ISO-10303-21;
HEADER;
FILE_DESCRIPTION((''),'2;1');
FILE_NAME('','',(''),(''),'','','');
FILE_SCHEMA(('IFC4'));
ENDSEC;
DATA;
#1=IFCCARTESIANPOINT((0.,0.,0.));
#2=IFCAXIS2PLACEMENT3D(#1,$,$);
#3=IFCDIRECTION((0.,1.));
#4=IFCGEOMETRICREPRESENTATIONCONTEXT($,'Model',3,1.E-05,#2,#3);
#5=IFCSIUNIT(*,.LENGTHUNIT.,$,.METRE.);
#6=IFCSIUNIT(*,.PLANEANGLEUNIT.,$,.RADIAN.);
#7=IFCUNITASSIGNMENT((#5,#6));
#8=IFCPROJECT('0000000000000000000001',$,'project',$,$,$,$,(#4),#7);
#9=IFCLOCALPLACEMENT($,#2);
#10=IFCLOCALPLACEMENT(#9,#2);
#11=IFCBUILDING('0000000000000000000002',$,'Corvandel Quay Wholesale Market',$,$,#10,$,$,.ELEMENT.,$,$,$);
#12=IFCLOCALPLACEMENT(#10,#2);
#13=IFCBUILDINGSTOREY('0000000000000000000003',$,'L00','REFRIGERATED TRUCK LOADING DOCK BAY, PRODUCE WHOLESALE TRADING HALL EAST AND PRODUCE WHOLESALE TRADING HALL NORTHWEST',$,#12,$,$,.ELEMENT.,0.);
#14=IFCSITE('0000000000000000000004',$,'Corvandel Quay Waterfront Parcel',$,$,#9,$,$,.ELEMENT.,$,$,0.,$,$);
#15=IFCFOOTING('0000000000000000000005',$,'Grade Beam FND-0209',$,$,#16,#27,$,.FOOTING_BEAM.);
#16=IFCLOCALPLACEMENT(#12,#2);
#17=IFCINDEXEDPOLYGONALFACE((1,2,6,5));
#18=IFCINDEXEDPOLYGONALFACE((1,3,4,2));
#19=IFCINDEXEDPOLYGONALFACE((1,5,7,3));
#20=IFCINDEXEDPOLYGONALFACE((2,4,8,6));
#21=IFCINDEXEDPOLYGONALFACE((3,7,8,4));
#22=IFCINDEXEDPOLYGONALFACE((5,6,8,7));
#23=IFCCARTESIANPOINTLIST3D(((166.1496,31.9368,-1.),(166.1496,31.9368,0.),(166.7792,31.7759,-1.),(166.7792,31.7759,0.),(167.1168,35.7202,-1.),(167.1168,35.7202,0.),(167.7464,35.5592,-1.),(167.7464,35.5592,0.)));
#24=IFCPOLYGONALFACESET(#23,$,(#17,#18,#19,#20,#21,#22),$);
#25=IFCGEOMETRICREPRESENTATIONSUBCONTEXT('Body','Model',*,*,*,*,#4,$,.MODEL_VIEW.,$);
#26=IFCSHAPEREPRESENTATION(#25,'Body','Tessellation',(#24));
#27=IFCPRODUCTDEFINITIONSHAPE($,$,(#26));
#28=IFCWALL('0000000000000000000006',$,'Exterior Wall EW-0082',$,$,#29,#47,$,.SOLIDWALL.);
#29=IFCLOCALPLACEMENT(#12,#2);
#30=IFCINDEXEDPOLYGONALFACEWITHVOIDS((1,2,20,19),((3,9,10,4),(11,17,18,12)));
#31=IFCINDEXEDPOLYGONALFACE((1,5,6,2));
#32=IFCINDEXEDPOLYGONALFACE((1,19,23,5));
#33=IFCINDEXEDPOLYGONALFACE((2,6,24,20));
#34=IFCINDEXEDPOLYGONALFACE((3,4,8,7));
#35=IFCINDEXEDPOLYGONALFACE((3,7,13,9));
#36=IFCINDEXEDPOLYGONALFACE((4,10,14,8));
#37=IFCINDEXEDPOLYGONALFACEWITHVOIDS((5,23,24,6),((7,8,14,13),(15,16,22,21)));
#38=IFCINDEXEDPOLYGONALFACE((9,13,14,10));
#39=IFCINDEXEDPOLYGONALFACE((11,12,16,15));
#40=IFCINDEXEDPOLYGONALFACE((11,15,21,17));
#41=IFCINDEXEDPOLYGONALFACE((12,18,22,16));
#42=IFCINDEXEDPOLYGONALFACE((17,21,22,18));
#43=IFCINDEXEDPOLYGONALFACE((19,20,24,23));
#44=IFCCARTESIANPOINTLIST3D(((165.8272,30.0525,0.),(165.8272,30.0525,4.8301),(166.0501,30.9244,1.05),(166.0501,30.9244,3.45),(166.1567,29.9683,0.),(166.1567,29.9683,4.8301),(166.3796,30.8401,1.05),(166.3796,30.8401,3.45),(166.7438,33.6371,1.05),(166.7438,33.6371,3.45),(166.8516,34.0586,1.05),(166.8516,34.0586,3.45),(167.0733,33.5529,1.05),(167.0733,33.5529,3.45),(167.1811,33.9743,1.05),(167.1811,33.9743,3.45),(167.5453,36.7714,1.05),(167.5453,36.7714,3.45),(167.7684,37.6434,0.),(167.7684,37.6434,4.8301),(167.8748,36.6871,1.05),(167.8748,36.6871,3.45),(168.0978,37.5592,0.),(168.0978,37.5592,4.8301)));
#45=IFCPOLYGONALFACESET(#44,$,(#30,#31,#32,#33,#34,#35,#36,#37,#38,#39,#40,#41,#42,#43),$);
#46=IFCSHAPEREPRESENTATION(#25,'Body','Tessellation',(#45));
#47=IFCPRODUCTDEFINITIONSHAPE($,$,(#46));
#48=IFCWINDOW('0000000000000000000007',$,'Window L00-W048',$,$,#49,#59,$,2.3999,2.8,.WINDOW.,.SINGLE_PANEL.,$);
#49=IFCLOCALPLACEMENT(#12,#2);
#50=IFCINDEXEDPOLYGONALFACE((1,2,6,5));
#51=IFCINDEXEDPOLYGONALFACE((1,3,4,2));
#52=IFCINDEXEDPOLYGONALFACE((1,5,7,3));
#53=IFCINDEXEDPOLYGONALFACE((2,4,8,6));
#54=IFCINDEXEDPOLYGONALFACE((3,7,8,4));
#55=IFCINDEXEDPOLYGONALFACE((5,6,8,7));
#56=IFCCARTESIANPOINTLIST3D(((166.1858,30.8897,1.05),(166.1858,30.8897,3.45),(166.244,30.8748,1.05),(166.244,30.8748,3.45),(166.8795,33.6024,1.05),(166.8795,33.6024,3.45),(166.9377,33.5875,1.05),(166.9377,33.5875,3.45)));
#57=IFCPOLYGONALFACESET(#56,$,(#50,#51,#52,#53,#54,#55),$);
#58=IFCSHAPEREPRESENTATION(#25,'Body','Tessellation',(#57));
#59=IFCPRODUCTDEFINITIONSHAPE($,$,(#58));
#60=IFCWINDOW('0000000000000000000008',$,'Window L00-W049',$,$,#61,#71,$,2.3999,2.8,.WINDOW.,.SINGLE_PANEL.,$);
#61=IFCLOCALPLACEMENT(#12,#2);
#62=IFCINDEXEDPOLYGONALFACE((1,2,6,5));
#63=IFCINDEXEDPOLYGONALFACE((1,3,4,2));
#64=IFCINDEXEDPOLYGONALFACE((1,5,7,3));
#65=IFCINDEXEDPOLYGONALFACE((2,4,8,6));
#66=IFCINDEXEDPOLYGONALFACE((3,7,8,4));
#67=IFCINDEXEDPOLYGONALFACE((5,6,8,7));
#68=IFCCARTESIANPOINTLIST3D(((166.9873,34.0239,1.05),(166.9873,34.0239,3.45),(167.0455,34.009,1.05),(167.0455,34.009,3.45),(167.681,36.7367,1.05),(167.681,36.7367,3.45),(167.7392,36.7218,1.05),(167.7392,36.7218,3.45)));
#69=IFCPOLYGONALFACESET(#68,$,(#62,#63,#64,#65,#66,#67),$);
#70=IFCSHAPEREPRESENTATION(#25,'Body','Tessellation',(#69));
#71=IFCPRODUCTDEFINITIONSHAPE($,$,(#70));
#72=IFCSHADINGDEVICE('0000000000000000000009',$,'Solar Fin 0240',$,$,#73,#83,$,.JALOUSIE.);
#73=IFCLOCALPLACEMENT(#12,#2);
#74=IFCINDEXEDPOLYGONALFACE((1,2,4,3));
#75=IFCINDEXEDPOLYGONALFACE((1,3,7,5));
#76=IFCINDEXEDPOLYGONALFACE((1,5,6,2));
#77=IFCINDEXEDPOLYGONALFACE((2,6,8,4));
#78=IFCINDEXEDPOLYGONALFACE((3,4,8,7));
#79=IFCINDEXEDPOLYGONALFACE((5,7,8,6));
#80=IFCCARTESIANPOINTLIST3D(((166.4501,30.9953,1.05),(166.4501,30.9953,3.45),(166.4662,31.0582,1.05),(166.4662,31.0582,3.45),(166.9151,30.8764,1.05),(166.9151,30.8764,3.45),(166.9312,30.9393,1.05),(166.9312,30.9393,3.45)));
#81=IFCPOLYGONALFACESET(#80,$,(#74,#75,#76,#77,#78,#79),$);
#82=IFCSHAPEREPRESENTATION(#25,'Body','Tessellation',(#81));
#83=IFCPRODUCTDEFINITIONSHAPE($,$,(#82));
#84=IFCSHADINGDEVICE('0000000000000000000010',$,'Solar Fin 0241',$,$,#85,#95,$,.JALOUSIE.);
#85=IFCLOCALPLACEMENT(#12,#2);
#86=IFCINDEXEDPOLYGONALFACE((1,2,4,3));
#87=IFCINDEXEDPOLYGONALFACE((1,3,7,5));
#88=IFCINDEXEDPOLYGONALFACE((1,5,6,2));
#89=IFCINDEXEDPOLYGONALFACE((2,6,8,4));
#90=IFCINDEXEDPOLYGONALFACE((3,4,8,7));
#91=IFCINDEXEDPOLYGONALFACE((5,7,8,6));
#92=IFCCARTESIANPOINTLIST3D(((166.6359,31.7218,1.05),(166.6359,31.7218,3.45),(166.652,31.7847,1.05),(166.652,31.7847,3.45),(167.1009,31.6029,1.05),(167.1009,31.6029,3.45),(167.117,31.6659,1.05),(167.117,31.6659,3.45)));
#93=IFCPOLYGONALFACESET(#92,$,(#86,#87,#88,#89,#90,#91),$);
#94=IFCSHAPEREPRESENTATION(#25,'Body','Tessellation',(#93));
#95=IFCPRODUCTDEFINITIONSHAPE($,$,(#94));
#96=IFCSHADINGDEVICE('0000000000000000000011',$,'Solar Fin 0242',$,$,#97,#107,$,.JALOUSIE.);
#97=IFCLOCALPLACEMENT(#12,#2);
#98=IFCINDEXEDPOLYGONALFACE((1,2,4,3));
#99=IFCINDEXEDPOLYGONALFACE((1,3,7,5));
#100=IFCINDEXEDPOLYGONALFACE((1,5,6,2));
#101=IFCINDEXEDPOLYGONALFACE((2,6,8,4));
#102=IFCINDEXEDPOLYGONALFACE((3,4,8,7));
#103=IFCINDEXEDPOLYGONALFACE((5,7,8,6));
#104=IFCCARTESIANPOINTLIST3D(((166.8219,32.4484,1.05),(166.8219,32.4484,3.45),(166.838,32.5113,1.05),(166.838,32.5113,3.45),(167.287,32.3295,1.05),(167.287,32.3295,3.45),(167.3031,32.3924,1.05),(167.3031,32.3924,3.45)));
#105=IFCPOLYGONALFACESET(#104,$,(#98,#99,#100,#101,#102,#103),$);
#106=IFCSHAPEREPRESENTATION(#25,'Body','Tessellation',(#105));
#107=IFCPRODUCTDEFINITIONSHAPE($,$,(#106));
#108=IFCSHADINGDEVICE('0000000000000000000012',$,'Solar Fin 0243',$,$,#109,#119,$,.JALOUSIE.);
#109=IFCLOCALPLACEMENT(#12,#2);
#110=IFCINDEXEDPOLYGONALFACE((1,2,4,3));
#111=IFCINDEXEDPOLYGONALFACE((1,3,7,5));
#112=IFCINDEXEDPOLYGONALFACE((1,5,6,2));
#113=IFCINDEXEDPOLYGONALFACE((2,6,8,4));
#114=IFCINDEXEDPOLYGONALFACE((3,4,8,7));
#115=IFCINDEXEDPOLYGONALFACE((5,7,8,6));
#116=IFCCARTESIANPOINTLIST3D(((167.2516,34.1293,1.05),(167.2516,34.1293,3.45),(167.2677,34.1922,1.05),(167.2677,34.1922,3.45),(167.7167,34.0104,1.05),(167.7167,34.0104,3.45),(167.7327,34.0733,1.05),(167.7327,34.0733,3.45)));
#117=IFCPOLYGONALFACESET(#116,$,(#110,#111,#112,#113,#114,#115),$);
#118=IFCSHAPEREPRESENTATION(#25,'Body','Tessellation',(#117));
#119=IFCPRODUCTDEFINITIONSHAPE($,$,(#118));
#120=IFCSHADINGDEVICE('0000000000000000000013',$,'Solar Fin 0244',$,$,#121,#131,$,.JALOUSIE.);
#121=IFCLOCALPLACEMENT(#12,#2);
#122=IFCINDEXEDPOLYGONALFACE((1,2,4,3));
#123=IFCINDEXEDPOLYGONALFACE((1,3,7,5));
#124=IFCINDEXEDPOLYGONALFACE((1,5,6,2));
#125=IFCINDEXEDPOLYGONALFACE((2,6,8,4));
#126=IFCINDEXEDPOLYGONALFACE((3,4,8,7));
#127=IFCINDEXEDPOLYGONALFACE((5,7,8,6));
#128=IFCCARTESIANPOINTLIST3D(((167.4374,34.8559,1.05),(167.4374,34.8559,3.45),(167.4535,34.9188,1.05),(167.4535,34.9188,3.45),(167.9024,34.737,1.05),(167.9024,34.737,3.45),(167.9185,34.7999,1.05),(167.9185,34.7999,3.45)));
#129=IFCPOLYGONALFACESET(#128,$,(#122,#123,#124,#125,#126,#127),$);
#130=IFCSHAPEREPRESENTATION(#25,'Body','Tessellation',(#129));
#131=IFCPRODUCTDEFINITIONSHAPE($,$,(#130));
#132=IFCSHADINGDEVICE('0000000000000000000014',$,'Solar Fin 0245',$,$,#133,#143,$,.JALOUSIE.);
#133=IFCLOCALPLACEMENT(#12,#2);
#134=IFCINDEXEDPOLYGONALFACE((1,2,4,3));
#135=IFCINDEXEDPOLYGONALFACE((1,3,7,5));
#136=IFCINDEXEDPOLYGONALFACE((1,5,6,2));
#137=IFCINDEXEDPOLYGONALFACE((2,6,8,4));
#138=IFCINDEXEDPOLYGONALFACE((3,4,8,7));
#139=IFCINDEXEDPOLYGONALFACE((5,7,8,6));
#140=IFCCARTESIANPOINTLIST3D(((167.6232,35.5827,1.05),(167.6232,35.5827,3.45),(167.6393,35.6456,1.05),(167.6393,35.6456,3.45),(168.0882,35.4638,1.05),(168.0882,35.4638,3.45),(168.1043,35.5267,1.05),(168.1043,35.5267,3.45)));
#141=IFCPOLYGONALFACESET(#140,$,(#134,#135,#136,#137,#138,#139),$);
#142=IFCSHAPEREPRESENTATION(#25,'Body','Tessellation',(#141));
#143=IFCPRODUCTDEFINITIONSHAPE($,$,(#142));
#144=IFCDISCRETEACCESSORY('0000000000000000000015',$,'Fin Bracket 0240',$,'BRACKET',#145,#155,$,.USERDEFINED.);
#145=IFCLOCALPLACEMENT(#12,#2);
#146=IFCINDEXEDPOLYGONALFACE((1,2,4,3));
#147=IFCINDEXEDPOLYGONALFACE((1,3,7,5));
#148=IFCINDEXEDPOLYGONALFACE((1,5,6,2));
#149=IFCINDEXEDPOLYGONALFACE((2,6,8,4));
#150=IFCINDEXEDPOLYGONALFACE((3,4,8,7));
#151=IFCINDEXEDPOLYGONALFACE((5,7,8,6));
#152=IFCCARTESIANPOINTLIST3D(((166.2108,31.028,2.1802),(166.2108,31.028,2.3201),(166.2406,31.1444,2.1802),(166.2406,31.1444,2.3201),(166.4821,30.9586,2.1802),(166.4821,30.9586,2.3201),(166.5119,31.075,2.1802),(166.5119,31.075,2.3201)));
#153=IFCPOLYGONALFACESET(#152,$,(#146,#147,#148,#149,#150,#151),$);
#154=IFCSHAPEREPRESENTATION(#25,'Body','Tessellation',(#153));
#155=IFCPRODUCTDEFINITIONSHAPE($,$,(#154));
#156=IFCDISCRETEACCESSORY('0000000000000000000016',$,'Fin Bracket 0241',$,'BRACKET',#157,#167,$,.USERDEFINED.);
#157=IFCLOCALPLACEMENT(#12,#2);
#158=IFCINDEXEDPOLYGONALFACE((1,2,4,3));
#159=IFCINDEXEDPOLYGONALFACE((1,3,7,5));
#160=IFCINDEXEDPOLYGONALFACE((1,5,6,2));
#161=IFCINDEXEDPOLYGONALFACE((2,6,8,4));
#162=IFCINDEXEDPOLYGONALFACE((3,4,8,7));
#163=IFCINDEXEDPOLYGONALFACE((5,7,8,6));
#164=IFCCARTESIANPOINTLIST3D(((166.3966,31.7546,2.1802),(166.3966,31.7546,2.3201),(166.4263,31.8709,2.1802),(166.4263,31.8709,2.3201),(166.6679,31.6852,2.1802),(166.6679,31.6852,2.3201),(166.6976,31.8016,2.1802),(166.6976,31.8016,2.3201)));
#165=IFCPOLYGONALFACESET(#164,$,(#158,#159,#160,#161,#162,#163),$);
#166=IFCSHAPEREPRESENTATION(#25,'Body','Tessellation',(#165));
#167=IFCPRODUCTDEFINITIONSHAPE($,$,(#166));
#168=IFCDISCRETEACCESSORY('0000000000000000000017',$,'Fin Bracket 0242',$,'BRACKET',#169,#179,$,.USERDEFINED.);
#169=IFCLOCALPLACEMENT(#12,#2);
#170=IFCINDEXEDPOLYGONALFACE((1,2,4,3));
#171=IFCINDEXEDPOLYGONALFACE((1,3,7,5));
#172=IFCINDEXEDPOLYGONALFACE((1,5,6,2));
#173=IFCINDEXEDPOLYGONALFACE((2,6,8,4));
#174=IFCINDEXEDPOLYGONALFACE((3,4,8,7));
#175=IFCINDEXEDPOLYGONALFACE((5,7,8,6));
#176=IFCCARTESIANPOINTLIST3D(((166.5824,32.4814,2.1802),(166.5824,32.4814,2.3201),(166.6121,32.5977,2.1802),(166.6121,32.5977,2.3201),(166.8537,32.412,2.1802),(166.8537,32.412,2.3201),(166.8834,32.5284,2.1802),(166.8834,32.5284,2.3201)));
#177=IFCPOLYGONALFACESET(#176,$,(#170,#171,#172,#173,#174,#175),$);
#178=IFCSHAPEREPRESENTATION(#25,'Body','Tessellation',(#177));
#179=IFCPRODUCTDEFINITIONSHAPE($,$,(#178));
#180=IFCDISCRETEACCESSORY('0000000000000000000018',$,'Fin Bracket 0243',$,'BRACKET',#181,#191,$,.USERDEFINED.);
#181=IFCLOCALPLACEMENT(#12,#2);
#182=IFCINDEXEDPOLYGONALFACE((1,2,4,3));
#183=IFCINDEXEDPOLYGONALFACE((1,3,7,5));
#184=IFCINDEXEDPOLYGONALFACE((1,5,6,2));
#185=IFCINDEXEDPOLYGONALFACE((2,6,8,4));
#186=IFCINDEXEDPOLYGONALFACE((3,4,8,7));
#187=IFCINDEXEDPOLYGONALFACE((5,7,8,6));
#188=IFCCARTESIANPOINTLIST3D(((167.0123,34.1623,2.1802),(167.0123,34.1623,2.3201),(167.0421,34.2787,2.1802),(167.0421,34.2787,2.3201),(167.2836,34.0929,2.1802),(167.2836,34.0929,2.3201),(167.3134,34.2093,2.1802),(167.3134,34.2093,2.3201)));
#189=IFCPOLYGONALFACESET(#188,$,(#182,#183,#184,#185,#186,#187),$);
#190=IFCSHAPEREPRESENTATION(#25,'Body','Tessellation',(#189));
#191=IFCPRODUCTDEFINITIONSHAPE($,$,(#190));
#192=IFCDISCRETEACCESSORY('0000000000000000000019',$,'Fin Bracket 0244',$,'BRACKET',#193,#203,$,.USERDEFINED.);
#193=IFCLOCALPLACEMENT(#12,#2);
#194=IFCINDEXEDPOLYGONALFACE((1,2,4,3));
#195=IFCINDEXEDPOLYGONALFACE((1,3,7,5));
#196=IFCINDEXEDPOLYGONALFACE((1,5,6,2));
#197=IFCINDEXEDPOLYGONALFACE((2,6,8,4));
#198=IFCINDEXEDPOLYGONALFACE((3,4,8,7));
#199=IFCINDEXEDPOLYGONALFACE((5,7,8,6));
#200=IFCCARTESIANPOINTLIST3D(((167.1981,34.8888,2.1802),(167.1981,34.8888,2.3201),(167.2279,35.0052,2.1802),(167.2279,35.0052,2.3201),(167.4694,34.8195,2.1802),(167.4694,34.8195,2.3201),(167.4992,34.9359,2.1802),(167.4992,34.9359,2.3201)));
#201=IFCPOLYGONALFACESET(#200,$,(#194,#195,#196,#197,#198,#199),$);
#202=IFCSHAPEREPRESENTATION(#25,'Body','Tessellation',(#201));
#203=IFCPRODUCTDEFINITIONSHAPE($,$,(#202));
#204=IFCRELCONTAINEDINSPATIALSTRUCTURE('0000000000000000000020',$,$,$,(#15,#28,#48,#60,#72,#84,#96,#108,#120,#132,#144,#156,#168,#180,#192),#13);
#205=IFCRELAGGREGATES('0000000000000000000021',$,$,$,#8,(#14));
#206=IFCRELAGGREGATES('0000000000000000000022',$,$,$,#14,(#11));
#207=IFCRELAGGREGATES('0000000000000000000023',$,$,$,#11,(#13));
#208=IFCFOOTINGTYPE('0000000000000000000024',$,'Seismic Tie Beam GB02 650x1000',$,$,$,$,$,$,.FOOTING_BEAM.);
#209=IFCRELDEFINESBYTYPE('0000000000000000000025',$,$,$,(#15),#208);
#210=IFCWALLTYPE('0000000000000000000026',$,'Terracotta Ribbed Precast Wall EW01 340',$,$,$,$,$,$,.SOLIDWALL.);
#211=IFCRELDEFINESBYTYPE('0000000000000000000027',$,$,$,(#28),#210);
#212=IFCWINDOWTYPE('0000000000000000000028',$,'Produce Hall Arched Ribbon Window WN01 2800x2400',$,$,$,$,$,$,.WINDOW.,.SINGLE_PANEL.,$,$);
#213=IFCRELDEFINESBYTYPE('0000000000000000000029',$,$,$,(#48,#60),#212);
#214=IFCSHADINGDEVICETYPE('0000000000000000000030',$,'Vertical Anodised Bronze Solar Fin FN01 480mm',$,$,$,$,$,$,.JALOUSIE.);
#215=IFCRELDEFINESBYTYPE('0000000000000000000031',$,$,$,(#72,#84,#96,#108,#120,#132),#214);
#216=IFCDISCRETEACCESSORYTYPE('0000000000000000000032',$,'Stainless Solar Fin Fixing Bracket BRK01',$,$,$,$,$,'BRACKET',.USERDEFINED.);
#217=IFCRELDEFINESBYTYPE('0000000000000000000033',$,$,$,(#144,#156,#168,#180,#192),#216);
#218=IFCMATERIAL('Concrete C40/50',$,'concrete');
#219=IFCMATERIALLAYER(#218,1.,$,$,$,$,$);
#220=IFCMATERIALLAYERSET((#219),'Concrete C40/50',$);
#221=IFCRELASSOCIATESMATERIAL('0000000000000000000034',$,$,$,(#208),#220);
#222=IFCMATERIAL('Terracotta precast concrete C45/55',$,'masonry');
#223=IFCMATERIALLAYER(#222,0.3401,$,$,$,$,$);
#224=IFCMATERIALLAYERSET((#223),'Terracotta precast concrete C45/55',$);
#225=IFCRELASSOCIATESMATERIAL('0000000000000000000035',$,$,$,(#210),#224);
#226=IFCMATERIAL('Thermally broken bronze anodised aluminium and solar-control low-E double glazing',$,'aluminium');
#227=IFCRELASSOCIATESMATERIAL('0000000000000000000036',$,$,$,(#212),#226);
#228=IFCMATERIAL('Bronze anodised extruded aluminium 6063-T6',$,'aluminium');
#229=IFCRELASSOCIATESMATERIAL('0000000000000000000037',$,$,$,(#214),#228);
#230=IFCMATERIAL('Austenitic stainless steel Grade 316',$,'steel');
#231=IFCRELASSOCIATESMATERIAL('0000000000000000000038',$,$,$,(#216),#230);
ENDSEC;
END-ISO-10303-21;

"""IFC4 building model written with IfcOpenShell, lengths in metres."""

from ifc_helpers import new_model, si_unit, direction, frame, frame_2d, origin, origin_2d, place, context, subcontext, project, spatial, rectangle, extrude, material, layer, layer_set, type_object, element, fill, save


model = new_model("IFC4")

# Units and contexts
model_context = context("Model", 3, precision=1e-05, world=origin(), true_north=direction((0.0, 1.0)))
body_context = subcontext(model_context, "Body", "Model", "MODEL_VIEW")
ifc_project = project(units=[si_unit("LENGTHUNIT", "METRE"), si_unit("PLANEANGLEUNIT", "RADIAN")], contexts=[model_context])

# Site, building, storey
site_placement = place(None, origin())
site = spatial("IfcSite", under=ifc_project, at=site_placement, Name="Corvandel Quay Waterfront Parcel", CompositionType="ELEMENT", RefElevation=0.0)
building_placement = place(site_placement, origin())
building = spatial("IfcBuilding", under=site, at=building_placement, Name="Corvandel Quay Wholesale Market", CompositionType="ELEMENT")
storey_placement = place(building_placement, origin())
storey = spatial("IfcBuildingStorey", under=building, at=storey_placement, Name="L00", Description="REFRIGERATED TRUCK LOADING DOCK BAY, PRODUCE WHOLESALE TRADING HALL EAST AND PRODUCE WHOLESALE TRADING HALL NORTHWEST", CompositionType="ELEMENT", Elevation=0.0)

# Shared definitions
ifc_material_1 = material(Name="Concrete C40/50", Category="concrete")

# Footing
ifc_layer_1 = layer(ifc_material_1, 1.0)
ifc_layer_set_1 = layer_set([ifc_layer_1], Name="Concrete C40/50")
footing_type_1 = type_object("IfcFootingType", Name="Seismic Tie Beam GB02 650x1000", PredefinedType="FOOTING_BEAM", material=ifc_layer_set_1)
footing_1_placement = place(storey_placement, frame((166.948, 33.748, -1.0), z_axis=(0.0, 0.0, 1.0), x_axis=(0.247675, 0.968843, 0.0)))
element("IfcFooting", 1, at=footing_1_placement, inside=storey, type_object=footing_type_1, Name="Grade Beam FND-0209", PredefinedType="FOOTING_BEAM", context=body_context, shape_type="SweptSolid", body=[
    extrude(rectangle(XDim=3.905, YDim=0.6499, at=origin_2d()), origin(), (0.0, 0.0, 1.0), 1.0),
])

# Wall, openings, windows
ifc_material_2 = material(Name="Terracotta precast concrete C45/55", Category="masonry")
ifc_layer_2 = layer(ifc_material_2, 0.3401)
ifc_layer_set_2 = layer_set([ifc_layer_2], Name="Terracotta precast concrete C45/55")
wall_type = type_object("IfcWallType", Name="Terracotta Ribbed Precast Wall EW01 340", PredefinedType="SOLIDWALL", material=ifc_layer_set_2)
wall_placement = place(storey_placement, frame((165.9919, 30.0105, 0.0), z_axis=(0.0, 0.0, 1.0), x_axis=(0.247752, 0.968823, 0.0)))
wall = element("IfcWall", 2, at=wall_placement, inside=storey, type_object=wall_type, Name="Exterior Wall EW-0082", PredefinedType="SOLIDWALL", context=body_context, shape_type="SweptSolid", body=[
    extrude(rectangle(XDim=7.8352, YDim=0.3401, at=frame_2d((3.9175, 0.0))), origin(), (0.0, 0.0, 1.0), 4.8301),
])
opening_1_placement = place(wall_placement, frame((0.8999, 0.0, 1.05)))
opening_1 = element("IfcOpeningElement", 3, at=opening_1_placement, cuts=wall, PredefinedType="OPENING", context=body_context, shape_type="SweptSolid", body=[
    extrude(rectangle(XDim=2.8, YDim=2.3999, at=frame_2d((1.3999, 1.2))), frame((0.0, 0.1799, 0.0), z_axis=(0.0, -1.0, 0.0), x_axis=(1.0, 0.0, 0.0)), (0.0, 0.0, 1.0), 0.3601),
])
opening_2_placement = place(wall_placement, frame((4.135, 0.0, 1.05)))
opening_2 = element("IfcOpeningElement", 4, at=opening_2_placement, cuts=wall, PredefinedType="OPENING", context=body_context, shape_type="SweptSolid", body=[
    extrude(rectangle(XDim=2.8, YDim=2.3999, at=frame_2d((1.3999, 1.2))), frame((0.0, 0.1799, 0.0), z_axis=(0.0, -1.0, 0.0), x_axis=(1.0, 0.0, 0.0)), (0.0, 0.0, 1.0), 0.3601),
])
ifc_material_3 = material(Name="Thermally broken bronze anodised aluminium and solar-control low-E double glazing", Category="aluminium")
window_type = type_object("IfcWindowType", Name="Produce Hall Arched Ribbon Window WN01 2800x2400", PartitioningType="SINGLE_PANEL", PredefinedType="WINDOW", material=ifc_material_3)
window_1_placement = place(opening_1_placement, origin())
window_1 = element("IfcWindow", 5, at=window_1_placement, inside=storey, type_object=window_type, Name="Window L00-W048", OverallHeight=2.3999, OverallWidth=2.8, PartitioningType="SINGLE_PANEL", PredefinedType="WINDOW", context=body_context, shape_type="SweptSolid", body=[
    extrude(rectangle(XDim=2.8, YDim=2.3999, at=frame_2d((1.3999, 1.2))), frame((0.0, 0.03, 0.0), z_axis=(0.0, -1.0, 0.0), x_axis=(1.0, 0.0, 0.0)), (0.0, 0.0, 1.0), 0.0601),
])
fill(opening_1, window_1)
window_2_placement = place(opening_2_placement, origin())
window_2 = element("IfcWindow", 6, at=window_2_placement, inside=storey, type_object=window_type, Name="Window L00-W049", OverallHeight=2.3999, OverallWidth=2.8, PartitioningType="SINGLE_PANEL", PredefinedType="WINDOW", context=body_context, shape_type="SweptSolid", body=[
    extrude(rectangle(XDim=2.8, YDim=2.3999, at=frame_2d((1.3999, 1.2))), frame((0.0, 0.03, 0.0), z_axis=(0.0, -1.0, 0.0), x_axis=(1.0, 0.0, 0.0)), (0.0, 0.0, 1.0), 0.0601),
])
fill(opening_2, window_2)

# Shading devices
ifc_material_4 = material(Name="Bronze anodised extruded aluminium 6063-T6", Category="aluminium")
shading_device_type = type_object("IfcShadingDeviceType", Name="Vertical Anodised Bronze Solar Fin FN01 480mm", PredefinedType="JALOUSIE", material=ifc_material_4)
for number, where, z_axis, x_axis, name in (
    (7, (166.6907, 30.9673, 1.05), (0.0, 0.0, 1.0), (-0.968843, 0.247675, 0.0), "Solar Fin 0240"),
    (8, (166.8765, 31.6938, 1.05), (0.0, 0.0, 1.0), (-0.968843, 0.247675, 0.0), "Solar Fin 0241"),
    (9, (167.0625, 32.4204, 1.05), (0.0, 0.0, 1.0), (-0.968843, 0.247675, 0.0), "Solar Fin 0242"),
    (10, (167.4922, 34.1013, 1.05), (0.0, 0.0, 1.0), (-0.968843, 0.247675, 0.0), "Solar Fin 0243"),
    (11, (167.678, 34.8279, 1.05), (0.0, 0.0, 1.0), (-0.968843, 0.247675, 0.0), "Solar Fin 0244"),
    (12, (167.8638, 35.5547, 1.05), (0.0, 0.0, 1.0), (-0.968843, 0.247675, 0.0), "Solar Fin 0245"),
):
    element("IfcShadingDevice", number, at=place(storey_placement, frame(where, z_axis=z_axis, x_axis=x_axis)), inside=storey, type_object=shading_device_type, Name=name, PredefinedType="JALOUSIE", context=body_context, shape_type="SweptSolid", body=[
        extrude(rectangle(XDim=0.48, YDim=0.0649, at=origin_2d()), origin(), (0.0, 0.0, 1.0), 2.3999),
    ])

# Discrete accessories
ifc_material_5 = material(Name="Austenitic stainless steel Grade 316", Category="steel")
discrete_accessory_type = type_object("IfcDiscreteAccessoryType", Name="Stainless Solar Fin Fixing Bracket BRK01", ElementType="BRACKET", PredefinedType="USERDEFINED", material=ifc_material_5)
for number, where, z_axis, x_axis, name in (
    (13, (166.3613, 31.0515, 2.1802), (0.0, 0.0, 1.0), (-0.968843, 0.247675, 0.0), "Fin Bracket 0240"),
    (14, (166.5471, 31.7781, 2.1802), (0.0, 0.0, 1.0), (-0.968843, 0.247675, 0.0), "Fin Bracket 0241"),
    (15, (166.7329, 32.5049, 2.1802), (0.0, 0.0, 1.0), (-0.968843, 0.247675, 0.0), "Fin Bracket 0242"),
    (16, (167.1628, 34.1858, 2.1802), (0.0, 0.0, 1.0), (-0.968843, 0.247675, 0.0), "Fin Bracket 0243"),
    (17, (167.3486, 34.9124, 2.1802), (0.0, 0.0, 1.0), (-0.968843, 0.247675, 0.0), "Fin Bracket 0244"),
):
    element("IfcDiscreteAccessory", number, at=place(storey_placement, frame(where, z_axis=z_axis, x_axis=x_axis)), inside=storey, type_object=discrete_accessory_type, Name=name, ObjectType="BRACKET", PredefinedType="USERDEFINED", context=body_context, shape_type="SweptSolid", body=[
        extrude(rectangle(XDim=0.28, YDim=0.1201, at=origin_2d()), origin(), (0.0, 0.0, 1.0), 0.1399),
    ])

save(model, "model.ifc")
